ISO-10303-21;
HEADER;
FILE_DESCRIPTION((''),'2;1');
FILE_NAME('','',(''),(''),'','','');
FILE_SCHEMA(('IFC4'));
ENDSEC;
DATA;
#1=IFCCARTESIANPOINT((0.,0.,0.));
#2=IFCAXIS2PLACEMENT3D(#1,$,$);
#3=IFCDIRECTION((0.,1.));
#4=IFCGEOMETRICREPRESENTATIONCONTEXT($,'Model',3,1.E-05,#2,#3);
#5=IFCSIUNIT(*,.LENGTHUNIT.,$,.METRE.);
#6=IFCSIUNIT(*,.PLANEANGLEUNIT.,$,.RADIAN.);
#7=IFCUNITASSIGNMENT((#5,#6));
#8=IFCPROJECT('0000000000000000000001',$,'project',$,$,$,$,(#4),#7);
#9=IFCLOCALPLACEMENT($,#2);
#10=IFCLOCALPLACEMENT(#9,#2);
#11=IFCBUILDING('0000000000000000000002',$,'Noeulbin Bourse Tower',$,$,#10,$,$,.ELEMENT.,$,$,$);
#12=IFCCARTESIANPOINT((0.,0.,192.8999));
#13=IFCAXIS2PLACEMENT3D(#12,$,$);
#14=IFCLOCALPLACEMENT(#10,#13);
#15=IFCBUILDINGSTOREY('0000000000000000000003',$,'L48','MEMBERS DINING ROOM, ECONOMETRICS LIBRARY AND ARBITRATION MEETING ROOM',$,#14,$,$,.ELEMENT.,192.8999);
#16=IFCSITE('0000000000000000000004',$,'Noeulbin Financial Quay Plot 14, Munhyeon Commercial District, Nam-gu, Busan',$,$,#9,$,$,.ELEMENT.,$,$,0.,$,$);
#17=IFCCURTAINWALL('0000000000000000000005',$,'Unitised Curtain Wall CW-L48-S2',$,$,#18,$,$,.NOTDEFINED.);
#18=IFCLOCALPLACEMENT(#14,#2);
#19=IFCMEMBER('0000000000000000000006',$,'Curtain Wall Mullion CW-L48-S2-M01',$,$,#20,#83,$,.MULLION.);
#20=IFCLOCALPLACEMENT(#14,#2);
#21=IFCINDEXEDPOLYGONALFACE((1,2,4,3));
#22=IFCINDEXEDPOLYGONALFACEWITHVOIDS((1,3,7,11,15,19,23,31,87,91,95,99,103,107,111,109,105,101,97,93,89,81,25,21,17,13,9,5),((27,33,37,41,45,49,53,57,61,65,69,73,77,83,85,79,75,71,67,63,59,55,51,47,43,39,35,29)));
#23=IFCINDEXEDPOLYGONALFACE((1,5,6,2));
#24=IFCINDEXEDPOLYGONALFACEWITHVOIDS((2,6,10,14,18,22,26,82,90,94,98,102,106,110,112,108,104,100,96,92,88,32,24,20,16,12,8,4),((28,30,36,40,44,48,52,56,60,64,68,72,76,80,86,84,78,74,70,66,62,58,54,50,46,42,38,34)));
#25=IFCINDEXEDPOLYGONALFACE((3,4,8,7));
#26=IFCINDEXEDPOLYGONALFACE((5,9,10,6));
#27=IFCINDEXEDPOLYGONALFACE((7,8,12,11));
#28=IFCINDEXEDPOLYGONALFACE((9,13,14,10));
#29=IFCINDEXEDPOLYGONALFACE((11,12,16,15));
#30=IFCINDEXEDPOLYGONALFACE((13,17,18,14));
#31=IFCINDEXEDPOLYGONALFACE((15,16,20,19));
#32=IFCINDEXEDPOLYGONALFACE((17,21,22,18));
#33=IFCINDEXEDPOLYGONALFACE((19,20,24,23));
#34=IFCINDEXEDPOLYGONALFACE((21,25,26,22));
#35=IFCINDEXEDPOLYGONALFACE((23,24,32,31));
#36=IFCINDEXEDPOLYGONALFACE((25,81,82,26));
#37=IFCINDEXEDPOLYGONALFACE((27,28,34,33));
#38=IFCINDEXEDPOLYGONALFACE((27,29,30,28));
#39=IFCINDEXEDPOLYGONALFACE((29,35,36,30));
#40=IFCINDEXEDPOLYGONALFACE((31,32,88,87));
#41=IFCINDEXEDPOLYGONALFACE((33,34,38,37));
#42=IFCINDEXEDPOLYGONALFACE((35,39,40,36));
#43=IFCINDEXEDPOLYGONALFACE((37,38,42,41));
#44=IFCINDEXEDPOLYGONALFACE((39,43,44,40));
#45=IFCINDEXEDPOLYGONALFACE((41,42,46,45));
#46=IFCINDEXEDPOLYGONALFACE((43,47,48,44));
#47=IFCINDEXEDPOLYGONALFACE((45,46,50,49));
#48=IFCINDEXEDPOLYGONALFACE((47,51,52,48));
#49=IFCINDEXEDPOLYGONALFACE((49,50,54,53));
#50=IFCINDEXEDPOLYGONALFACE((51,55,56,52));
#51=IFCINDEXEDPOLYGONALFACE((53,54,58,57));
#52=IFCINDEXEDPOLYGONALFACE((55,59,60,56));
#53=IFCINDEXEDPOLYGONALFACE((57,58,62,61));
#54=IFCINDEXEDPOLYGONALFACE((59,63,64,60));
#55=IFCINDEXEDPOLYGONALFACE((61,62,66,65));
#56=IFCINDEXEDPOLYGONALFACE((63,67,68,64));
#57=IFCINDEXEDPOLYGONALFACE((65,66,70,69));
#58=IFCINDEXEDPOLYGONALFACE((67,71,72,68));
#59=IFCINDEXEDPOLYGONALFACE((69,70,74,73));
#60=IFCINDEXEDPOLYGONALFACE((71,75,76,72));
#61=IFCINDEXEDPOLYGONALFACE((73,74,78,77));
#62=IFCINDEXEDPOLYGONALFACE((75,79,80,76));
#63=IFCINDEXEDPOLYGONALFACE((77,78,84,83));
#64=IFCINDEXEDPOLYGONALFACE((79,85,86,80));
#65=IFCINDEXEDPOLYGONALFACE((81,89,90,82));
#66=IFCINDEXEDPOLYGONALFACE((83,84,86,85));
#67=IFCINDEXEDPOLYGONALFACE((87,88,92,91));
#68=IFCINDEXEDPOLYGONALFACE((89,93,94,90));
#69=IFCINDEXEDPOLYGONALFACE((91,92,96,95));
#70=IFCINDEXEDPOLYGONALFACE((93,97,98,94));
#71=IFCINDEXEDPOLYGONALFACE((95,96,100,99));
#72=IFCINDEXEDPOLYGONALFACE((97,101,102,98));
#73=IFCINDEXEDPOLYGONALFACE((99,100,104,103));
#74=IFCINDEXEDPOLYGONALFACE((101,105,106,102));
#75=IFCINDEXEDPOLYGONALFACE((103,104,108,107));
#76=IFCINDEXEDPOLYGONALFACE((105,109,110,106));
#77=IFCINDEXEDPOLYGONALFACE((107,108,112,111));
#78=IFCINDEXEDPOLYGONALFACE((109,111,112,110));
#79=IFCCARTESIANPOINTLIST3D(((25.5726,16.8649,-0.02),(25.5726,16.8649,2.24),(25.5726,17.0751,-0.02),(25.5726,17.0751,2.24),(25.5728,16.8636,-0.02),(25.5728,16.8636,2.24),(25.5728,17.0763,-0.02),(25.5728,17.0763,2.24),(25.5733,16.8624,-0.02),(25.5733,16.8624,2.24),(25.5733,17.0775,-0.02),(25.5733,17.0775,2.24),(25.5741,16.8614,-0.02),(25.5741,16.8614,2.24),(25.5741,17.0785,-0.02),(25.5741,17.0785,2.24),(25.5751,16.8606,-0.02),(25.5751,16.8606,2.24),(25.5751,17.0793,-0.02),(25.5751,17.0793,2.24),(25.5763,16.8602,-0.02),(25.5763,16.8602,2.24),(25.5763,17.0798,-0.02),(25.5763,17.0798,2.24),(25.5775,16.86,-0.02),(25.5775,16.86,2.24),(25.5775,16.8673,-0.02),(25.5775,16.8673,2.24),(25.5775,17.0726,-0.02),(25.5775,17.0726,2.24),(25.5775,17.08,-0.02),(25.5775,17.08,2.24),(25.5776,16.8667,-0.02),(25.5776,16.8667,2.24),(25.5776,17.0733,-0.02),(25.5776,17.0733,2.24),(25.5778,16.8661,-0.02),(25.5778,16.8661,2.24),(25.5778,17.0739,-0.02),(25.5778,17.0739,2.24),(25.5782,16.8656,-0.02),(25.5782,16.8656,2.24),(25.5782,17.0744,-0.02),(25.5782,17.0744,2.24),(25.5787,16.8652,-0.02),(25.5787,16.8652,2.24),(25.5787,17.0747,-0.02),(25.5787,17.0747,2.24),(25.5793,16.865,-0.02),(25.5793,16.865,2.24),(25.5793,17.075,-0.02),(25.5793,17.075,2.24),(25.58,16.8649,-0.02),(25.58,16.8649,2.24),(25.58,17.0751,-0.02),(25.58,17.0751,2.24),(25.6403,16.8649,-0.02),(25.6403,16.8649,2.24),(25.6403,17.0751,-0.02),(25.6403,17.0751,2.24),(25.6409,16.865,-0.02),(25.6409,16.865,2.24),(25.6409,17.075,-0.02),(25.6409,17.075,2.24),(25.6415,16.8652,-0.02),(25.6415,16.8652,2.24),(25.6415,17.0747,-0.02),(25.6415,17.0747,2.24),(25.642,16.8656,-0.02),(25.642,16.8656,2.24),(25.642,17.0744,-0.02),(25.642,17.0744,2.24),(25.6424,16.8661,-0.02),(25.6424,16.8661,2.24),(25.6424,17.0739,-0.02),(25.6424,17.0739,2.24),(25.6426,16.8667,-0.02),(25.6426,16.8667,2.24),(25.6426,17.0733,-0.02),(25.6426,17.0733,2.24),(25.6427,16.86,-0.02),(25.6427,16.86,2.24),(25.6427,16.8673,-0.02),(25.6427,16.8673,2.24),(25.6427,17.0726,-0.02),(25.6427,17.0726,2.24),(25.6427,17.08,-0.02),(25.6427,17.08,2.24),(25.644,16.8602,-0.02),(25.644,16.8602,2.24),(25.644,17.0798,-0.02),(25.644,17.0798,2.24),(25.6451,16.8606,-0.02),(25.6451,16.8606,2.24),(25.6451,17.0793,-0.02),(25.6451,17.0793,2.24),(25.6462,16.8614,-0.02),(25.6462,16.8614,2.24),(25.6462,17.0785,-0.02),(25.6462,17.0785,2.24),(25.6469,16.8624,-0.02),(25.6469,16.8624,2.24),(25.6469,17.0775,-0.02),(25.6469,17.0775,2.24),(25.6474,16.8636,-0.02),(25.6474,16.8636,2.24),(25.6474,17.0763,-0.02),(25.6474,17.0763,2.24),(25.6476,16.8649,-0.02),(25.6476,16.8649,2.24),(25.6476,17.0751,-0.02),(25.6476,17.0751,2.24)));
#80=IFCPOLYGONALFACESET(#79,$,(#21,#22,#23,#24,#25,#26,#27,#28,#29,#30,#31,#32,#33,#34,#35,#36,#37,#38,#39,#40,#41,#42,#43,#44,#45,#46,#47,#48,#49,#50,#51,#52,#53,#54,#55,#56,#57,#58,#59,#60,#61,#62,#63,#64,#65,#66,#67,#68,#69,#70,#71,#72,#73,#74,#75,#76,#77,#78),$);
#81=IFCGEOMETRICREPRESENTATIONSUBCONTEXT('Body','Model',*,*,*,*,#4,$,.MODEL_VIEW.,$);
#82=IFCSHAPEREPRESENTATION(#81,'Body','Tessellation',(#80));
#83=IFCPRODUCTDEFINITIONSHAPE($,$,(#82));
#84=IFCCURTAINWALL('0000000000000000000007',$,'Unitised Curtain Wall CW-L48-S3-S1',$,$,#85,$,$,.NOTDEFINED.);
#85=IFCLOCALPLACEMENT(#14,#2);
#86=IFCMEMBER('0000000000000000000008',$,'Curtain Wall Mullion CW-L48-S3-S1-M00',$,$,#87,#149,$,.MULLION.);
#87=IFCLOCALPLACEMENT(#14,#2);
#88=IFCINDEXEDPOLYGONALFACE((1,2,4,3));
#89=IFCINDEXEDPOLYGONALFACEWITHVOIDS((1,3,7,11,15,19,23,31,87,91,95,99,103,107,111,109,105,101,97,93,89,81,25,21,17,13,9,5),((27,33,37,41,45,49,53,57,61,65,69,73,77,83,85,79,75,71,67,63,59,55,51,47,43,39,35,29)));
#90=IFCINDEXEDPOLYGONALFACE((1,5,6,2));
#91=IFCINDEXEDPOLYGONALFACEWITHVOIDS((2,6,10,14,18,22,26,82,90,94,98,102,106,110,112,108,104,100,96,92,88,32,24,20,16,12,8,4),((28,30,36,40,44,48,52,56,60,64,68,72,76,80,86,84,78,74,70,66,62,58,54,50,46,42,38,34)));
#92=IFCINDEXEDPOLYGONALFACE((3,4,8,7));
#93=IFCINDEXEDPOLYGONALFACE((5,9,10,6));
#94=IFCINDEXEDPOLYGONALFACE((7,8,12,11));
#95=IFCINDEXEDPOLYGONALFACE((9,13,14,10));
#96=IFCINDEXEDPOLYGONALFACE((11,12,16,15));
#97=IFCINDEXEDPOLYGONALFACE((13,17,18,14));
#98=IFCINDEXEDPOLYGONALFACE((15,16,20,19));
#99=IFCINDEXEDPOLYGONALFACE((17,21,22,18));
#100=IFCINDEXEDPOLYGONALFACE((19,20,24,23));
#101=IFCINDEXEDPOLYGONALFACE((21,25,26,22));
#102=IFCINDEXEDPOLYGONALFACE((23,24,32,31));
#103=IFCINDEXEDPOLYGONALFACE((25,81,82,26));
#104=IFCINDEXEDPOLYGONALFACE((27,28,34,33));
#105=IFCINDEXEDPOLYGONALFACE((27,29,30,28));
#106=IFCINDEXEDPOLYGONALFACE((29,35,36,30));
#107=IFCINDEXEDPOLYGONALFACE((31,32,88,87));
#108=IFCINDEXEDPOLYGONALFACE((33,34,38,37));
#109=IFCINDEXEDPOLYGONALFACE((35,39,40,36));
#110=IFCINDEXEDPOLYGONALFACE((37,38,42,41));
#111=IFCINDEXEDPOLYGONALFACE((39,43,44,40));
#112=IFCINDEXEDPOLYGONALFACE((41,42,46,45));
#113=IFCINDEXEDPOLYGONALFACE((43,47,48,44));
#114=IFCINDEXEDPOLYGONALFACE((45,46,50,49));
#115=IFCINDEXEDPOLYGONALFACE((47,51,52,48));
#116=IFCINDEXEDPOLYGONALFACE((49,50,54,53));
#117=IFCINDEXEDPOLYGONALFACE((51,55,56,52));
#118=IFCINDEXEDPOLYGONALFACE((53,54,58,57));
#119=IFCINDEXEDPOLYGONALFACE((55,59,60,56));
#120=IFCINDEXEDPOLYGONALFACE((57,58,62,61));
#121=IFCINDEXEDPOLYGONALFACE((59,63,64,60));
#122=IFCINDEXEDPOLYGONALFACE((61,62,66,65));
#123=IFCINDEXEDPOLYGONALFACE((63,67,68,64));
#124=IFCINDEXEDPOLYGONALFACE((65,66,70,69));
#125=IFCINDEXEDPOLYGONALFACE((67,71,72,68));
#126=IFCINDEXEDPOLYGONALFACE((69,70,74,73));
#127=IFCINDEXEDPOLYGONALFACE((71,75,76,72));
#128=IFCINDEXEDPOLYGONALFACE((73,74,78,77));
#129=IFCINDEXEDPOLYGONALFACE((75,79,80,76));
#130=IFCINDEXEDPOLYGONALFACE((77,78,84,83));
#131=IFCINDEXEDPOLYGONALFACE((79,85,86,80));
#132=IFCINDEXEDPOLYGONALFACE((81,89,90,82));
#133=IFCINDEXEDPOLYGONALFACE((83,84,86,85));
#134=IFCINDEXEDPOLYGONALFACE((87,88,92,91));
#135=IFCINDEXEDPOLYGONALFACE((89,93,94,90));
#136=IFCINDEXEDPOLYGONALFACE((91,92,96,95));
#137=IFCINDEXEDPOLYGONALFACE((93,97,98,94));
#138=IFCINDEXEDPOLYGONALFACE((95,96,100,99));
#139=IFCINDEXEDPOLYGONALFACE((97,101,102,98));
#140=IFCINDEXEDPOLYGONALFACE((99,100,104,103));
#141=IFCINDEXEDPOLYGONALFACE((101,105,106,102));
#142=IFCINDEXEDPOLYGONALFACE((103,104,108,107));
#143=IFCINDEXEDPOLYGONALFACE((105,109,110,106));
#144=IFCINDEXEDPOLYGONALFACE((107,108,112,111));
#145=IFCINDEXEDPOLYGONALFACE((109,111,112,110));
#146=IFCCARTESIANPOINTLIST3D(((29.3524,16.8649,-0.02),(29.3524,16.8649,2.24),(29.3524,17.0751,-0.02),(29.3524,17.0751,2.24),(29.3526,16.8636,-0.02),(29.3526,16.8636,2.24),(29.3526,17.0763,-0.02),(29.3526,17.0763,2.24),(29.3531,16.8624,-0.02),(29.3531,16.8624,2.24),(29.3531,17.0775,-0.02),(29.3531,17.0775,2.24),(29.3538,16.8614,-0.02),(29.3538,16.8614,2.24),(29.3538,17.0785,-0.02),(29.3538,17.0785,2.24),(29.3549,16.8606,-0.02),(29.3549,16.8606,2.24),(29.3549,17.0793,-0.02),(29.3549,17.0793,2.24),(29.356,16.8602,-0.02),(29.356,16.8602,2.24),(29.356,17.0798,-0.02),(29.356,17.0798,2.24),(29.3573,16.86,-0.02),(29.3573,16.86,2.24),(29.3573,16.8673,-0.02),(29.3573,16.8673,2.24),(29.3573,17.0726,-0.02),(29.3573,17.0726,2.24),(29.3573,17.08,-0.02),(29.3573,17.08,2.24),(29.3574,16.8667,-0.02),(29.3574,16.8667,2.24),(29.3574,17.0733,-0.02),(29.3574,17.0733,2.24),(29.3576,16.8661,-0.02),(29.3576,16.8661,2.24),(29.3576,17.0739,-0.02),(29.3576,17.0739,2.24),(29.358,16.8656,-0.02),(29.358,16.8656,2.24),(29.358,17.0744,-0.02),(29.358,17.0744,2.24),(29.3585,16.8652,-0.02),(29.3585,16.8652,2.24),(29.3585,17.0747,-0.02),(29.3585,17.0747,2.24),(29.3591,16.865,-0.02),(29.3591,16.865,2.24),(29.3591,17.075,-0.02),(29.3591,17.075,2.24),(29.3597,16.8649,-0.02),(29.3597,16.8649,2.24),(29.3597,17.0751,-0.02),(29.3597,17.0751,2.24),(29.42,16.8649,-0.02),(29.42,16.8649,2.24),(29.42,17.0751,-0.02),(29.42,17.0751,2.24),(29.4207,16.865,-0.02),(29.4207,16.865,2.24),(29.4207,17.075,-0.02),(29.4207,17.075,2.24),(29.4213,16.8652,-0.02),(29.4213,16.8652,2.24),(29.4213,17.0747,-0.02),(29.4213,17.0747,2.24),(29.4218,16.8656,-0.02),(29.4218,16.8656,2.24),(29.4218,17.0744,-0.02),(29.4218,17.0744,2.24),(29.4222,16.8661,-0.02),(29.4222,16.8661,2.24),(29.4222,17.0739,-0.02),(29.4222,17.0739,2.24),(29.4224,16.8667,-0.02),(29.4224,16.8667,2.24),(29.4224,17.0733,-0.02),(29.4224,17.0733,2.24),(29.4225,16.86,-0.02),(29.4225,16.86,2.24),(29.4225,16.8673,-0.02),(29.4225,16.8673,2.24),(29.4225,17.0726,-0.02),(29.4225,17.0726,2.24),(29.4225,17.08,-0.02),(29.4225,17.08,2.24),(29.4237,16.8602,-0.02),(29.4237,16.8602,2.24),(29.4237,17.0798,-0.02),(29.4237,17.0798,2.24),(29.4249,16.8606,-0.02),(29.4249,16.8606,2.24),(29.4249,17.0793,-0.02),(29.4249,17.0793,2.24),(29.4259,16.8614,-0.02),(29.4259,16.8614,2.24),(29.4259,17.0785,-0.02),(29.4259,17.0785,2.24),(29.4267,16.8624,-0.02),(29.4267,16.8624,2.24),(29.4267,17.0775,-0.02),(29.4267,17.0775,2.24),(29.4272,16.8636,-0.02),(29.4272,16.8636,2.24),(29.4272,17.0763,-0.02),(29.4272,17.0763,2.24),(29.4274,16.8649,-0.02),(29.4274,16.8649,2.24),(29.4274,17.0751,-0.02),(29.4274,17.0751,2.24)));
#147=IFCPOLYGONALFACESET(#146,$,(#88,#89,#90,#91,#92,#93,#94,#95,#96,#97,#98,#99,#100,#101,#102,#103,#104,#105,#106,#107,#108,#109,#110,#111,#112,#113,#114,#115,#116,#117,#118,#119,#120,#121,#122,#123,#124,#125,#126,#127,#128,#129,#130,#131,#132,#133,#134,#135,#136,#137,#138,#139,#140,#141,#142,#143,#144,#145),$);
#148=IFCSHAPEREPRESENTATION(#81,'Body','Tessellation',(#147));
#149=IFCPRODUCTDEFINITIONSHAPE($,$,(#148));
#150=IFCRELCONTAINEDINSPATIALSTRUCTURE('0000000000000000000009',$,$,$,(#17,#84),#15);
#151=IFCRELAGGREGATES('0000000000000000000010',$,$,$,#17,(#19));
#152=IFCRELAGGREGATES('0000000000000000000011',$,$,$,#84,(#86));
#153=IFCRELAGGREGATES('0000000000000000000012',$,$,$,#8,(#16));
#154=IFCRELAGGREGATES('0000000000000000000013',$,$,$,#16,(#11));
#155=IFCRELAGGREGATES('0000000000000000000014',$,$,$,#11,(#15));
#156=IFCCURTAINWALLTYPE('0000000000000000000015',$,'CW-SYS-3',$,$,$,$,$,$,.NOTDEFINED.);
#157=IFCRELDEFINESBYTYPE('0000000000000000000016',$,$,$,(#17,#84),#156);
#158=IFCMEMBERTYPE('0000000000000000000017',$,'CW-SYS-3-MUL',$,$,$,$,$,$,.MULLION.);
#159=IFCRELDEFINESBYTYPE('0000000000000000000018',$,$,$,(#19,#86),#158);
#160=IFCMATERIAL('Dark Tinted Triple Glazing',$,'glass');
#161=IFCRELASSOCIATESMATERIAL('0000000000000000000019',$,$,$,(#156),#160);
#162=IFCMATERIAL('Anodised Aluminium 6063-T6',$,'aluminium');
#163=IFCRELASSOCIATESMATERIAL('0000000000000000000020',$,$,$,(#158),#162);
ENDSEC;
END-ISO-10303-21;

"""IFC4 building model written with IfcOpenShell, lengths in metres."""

from ifc_helpers import new_model, si_unit, direction, frame, origin, origin_2d, place, context, subcontext, project, spatial, hollow_rectangle, extrude, material, material_profile, profile_set, type_object, element, aggregate, save


model = new_model("IFC4")

# Units and contexts
model_context = context("Model", 3, precision=1e-05, world=origin(), true_north=direction((0.0, 1.0)))
body_context = subcontext(model_context, "Body", "Model", "MODEL_VIEW")
ifc_project = project(units=[si_unit("LENGTHUNIT", "METRE"), si_unit("PLANEANGLEUNIT", "RADIAN")], contexts=[model_context])

# Site, building, storey
site_placement = place(None, origin())
site = spatial("IfcSite", under=ifc_project, at=site_placement, Name="Noeulbin Financial Quay Plot 14, Munhyeon Commercial District, Nam-gu, Busan", CompositionType="ELEMENT", RefElevation=0.0)
building_placement = place(site_placement, origin())
building = spatial("IfcBuilding", under=site, at=building_placement, Name="Noeulbin Bourse Tower", CompositionType="ELEMENT")
storey_placement = place(building_placement, frame((0.0, 0.0, 192.8999)))
storey = spatial("IfcBuildingStorey", under=building, at=storey_placement, Name="L48", Description="MEMBERS DINING ROOM, ECONOMETRICS LIBRARY AND ARBITRATION MEETING ROOM", CompositionType="ELEMENT", Elevation=192.8999)

# Shared definitions
ifc_material_1 = material(Name="Dark Tinted Triple Glazing", Category="glass")
curtain_wall_type = type_object("IfcCurtainWallType", Name="CW-SYS-3", PredefinedType="NOTDEFINED", material=ifc_material_1)
ifc_material_2 = material(Name="Anodised Aluminium 6063-T6", Category="aluminium")
ifc_material_profile_1 = material_profile(ifc_material_2, hollow_rectangle(XDim=0.075, YDim=0.22, WallThickness=0.0049, InnerFilletRadius=0.0024, OuterFilletRadius=0.0049, at=origin_2d()), Name="ALU-MULL-75x220x5", Category="LoadBearing")
ifc_profile_set_1 = profile_set([ifc_material_profile_1], Name="Anodised Aluminium 6063-T6")
member_type_1 = type_object("IfcMemberType", Name="CW-SYS-3-MUL", PredefinedType="MULLION", material=ifc_profile_set_1)

# Curtain wall, member
curtain_wall_1_placement = place(storey_placement, origin())
curtain_wall_1 = element("IfcCurtainWall", 1, at=curtain_wall_1_placement, inside=storey, type_object=curtain_wall_type, Name="Unitised Curtain Wall CW-L48-S2", PredefinedType="NOTDEFINED")
member_1_placement = place(storey_placement, frame((25.6101, 16.97, -0.02), z_axis=(0.0, 0.0, 1.0), x_axis=(1.0, 0.0, 0.0)))
member_1 = element("IfcMember", 2, at=member_1_placement, type_object=member_type_1, Name="Curtain Wall Mullion CW-L48-S2-M01", PredefinedType="MULLION", context=body_context, shape_type="SweptSolid", body=[
    extrude(hollow_rectangle(XDim=0.075, YDim=0.22, WallThickness=0.0049, InnerFilletRadius=0.0024, OuterFilletRadius=0.0049, at=origin_2d()), origin(), (0.0, 0.0, 1.0), 2.26),
])

# Curtain wall, member
curtain_wall_2_placement = place(storey_placement, origin())
curtain_wall_2 = element("IfcCurtainWall", 3, at=curtain_wall_2_placement, inside=storey, type_object=curtain_wall_type, Name="Unitised Curtain Wall CW-L48-S3-S1", PredefinedType="NOTDEFINED")
member_2_placement = place(storey_placement, frame((29.3899, 16.97, -0.02), z_axis=(0.0, 0.0, 1.0), x_axis=(1.0, 0.0, 0.0)))
member_2 = element("IfcMember", 4, at=member_2_placement, type_object=member_type_1, Name="Curtain Wall Mullion CW-L48-S3-S1-M00", PredefinedType="MULLION", context=body_context, shape_type="SweptSolid", body=[
    extrude(hollow_rectangle(XDim=0.075, YDim=0.22, WallThickness=0.0049, InnerFilletRadius=0.0024, OuterFilletRadius=0.0049, at=origin_2d()), origin(), (0.0, 0.0, 1.0), 2.26),
])

aggregate(curtain_wall_1, [member_1])
aggregate(curtain_wall_2, [member_2])

save(model, "model.ifc")
